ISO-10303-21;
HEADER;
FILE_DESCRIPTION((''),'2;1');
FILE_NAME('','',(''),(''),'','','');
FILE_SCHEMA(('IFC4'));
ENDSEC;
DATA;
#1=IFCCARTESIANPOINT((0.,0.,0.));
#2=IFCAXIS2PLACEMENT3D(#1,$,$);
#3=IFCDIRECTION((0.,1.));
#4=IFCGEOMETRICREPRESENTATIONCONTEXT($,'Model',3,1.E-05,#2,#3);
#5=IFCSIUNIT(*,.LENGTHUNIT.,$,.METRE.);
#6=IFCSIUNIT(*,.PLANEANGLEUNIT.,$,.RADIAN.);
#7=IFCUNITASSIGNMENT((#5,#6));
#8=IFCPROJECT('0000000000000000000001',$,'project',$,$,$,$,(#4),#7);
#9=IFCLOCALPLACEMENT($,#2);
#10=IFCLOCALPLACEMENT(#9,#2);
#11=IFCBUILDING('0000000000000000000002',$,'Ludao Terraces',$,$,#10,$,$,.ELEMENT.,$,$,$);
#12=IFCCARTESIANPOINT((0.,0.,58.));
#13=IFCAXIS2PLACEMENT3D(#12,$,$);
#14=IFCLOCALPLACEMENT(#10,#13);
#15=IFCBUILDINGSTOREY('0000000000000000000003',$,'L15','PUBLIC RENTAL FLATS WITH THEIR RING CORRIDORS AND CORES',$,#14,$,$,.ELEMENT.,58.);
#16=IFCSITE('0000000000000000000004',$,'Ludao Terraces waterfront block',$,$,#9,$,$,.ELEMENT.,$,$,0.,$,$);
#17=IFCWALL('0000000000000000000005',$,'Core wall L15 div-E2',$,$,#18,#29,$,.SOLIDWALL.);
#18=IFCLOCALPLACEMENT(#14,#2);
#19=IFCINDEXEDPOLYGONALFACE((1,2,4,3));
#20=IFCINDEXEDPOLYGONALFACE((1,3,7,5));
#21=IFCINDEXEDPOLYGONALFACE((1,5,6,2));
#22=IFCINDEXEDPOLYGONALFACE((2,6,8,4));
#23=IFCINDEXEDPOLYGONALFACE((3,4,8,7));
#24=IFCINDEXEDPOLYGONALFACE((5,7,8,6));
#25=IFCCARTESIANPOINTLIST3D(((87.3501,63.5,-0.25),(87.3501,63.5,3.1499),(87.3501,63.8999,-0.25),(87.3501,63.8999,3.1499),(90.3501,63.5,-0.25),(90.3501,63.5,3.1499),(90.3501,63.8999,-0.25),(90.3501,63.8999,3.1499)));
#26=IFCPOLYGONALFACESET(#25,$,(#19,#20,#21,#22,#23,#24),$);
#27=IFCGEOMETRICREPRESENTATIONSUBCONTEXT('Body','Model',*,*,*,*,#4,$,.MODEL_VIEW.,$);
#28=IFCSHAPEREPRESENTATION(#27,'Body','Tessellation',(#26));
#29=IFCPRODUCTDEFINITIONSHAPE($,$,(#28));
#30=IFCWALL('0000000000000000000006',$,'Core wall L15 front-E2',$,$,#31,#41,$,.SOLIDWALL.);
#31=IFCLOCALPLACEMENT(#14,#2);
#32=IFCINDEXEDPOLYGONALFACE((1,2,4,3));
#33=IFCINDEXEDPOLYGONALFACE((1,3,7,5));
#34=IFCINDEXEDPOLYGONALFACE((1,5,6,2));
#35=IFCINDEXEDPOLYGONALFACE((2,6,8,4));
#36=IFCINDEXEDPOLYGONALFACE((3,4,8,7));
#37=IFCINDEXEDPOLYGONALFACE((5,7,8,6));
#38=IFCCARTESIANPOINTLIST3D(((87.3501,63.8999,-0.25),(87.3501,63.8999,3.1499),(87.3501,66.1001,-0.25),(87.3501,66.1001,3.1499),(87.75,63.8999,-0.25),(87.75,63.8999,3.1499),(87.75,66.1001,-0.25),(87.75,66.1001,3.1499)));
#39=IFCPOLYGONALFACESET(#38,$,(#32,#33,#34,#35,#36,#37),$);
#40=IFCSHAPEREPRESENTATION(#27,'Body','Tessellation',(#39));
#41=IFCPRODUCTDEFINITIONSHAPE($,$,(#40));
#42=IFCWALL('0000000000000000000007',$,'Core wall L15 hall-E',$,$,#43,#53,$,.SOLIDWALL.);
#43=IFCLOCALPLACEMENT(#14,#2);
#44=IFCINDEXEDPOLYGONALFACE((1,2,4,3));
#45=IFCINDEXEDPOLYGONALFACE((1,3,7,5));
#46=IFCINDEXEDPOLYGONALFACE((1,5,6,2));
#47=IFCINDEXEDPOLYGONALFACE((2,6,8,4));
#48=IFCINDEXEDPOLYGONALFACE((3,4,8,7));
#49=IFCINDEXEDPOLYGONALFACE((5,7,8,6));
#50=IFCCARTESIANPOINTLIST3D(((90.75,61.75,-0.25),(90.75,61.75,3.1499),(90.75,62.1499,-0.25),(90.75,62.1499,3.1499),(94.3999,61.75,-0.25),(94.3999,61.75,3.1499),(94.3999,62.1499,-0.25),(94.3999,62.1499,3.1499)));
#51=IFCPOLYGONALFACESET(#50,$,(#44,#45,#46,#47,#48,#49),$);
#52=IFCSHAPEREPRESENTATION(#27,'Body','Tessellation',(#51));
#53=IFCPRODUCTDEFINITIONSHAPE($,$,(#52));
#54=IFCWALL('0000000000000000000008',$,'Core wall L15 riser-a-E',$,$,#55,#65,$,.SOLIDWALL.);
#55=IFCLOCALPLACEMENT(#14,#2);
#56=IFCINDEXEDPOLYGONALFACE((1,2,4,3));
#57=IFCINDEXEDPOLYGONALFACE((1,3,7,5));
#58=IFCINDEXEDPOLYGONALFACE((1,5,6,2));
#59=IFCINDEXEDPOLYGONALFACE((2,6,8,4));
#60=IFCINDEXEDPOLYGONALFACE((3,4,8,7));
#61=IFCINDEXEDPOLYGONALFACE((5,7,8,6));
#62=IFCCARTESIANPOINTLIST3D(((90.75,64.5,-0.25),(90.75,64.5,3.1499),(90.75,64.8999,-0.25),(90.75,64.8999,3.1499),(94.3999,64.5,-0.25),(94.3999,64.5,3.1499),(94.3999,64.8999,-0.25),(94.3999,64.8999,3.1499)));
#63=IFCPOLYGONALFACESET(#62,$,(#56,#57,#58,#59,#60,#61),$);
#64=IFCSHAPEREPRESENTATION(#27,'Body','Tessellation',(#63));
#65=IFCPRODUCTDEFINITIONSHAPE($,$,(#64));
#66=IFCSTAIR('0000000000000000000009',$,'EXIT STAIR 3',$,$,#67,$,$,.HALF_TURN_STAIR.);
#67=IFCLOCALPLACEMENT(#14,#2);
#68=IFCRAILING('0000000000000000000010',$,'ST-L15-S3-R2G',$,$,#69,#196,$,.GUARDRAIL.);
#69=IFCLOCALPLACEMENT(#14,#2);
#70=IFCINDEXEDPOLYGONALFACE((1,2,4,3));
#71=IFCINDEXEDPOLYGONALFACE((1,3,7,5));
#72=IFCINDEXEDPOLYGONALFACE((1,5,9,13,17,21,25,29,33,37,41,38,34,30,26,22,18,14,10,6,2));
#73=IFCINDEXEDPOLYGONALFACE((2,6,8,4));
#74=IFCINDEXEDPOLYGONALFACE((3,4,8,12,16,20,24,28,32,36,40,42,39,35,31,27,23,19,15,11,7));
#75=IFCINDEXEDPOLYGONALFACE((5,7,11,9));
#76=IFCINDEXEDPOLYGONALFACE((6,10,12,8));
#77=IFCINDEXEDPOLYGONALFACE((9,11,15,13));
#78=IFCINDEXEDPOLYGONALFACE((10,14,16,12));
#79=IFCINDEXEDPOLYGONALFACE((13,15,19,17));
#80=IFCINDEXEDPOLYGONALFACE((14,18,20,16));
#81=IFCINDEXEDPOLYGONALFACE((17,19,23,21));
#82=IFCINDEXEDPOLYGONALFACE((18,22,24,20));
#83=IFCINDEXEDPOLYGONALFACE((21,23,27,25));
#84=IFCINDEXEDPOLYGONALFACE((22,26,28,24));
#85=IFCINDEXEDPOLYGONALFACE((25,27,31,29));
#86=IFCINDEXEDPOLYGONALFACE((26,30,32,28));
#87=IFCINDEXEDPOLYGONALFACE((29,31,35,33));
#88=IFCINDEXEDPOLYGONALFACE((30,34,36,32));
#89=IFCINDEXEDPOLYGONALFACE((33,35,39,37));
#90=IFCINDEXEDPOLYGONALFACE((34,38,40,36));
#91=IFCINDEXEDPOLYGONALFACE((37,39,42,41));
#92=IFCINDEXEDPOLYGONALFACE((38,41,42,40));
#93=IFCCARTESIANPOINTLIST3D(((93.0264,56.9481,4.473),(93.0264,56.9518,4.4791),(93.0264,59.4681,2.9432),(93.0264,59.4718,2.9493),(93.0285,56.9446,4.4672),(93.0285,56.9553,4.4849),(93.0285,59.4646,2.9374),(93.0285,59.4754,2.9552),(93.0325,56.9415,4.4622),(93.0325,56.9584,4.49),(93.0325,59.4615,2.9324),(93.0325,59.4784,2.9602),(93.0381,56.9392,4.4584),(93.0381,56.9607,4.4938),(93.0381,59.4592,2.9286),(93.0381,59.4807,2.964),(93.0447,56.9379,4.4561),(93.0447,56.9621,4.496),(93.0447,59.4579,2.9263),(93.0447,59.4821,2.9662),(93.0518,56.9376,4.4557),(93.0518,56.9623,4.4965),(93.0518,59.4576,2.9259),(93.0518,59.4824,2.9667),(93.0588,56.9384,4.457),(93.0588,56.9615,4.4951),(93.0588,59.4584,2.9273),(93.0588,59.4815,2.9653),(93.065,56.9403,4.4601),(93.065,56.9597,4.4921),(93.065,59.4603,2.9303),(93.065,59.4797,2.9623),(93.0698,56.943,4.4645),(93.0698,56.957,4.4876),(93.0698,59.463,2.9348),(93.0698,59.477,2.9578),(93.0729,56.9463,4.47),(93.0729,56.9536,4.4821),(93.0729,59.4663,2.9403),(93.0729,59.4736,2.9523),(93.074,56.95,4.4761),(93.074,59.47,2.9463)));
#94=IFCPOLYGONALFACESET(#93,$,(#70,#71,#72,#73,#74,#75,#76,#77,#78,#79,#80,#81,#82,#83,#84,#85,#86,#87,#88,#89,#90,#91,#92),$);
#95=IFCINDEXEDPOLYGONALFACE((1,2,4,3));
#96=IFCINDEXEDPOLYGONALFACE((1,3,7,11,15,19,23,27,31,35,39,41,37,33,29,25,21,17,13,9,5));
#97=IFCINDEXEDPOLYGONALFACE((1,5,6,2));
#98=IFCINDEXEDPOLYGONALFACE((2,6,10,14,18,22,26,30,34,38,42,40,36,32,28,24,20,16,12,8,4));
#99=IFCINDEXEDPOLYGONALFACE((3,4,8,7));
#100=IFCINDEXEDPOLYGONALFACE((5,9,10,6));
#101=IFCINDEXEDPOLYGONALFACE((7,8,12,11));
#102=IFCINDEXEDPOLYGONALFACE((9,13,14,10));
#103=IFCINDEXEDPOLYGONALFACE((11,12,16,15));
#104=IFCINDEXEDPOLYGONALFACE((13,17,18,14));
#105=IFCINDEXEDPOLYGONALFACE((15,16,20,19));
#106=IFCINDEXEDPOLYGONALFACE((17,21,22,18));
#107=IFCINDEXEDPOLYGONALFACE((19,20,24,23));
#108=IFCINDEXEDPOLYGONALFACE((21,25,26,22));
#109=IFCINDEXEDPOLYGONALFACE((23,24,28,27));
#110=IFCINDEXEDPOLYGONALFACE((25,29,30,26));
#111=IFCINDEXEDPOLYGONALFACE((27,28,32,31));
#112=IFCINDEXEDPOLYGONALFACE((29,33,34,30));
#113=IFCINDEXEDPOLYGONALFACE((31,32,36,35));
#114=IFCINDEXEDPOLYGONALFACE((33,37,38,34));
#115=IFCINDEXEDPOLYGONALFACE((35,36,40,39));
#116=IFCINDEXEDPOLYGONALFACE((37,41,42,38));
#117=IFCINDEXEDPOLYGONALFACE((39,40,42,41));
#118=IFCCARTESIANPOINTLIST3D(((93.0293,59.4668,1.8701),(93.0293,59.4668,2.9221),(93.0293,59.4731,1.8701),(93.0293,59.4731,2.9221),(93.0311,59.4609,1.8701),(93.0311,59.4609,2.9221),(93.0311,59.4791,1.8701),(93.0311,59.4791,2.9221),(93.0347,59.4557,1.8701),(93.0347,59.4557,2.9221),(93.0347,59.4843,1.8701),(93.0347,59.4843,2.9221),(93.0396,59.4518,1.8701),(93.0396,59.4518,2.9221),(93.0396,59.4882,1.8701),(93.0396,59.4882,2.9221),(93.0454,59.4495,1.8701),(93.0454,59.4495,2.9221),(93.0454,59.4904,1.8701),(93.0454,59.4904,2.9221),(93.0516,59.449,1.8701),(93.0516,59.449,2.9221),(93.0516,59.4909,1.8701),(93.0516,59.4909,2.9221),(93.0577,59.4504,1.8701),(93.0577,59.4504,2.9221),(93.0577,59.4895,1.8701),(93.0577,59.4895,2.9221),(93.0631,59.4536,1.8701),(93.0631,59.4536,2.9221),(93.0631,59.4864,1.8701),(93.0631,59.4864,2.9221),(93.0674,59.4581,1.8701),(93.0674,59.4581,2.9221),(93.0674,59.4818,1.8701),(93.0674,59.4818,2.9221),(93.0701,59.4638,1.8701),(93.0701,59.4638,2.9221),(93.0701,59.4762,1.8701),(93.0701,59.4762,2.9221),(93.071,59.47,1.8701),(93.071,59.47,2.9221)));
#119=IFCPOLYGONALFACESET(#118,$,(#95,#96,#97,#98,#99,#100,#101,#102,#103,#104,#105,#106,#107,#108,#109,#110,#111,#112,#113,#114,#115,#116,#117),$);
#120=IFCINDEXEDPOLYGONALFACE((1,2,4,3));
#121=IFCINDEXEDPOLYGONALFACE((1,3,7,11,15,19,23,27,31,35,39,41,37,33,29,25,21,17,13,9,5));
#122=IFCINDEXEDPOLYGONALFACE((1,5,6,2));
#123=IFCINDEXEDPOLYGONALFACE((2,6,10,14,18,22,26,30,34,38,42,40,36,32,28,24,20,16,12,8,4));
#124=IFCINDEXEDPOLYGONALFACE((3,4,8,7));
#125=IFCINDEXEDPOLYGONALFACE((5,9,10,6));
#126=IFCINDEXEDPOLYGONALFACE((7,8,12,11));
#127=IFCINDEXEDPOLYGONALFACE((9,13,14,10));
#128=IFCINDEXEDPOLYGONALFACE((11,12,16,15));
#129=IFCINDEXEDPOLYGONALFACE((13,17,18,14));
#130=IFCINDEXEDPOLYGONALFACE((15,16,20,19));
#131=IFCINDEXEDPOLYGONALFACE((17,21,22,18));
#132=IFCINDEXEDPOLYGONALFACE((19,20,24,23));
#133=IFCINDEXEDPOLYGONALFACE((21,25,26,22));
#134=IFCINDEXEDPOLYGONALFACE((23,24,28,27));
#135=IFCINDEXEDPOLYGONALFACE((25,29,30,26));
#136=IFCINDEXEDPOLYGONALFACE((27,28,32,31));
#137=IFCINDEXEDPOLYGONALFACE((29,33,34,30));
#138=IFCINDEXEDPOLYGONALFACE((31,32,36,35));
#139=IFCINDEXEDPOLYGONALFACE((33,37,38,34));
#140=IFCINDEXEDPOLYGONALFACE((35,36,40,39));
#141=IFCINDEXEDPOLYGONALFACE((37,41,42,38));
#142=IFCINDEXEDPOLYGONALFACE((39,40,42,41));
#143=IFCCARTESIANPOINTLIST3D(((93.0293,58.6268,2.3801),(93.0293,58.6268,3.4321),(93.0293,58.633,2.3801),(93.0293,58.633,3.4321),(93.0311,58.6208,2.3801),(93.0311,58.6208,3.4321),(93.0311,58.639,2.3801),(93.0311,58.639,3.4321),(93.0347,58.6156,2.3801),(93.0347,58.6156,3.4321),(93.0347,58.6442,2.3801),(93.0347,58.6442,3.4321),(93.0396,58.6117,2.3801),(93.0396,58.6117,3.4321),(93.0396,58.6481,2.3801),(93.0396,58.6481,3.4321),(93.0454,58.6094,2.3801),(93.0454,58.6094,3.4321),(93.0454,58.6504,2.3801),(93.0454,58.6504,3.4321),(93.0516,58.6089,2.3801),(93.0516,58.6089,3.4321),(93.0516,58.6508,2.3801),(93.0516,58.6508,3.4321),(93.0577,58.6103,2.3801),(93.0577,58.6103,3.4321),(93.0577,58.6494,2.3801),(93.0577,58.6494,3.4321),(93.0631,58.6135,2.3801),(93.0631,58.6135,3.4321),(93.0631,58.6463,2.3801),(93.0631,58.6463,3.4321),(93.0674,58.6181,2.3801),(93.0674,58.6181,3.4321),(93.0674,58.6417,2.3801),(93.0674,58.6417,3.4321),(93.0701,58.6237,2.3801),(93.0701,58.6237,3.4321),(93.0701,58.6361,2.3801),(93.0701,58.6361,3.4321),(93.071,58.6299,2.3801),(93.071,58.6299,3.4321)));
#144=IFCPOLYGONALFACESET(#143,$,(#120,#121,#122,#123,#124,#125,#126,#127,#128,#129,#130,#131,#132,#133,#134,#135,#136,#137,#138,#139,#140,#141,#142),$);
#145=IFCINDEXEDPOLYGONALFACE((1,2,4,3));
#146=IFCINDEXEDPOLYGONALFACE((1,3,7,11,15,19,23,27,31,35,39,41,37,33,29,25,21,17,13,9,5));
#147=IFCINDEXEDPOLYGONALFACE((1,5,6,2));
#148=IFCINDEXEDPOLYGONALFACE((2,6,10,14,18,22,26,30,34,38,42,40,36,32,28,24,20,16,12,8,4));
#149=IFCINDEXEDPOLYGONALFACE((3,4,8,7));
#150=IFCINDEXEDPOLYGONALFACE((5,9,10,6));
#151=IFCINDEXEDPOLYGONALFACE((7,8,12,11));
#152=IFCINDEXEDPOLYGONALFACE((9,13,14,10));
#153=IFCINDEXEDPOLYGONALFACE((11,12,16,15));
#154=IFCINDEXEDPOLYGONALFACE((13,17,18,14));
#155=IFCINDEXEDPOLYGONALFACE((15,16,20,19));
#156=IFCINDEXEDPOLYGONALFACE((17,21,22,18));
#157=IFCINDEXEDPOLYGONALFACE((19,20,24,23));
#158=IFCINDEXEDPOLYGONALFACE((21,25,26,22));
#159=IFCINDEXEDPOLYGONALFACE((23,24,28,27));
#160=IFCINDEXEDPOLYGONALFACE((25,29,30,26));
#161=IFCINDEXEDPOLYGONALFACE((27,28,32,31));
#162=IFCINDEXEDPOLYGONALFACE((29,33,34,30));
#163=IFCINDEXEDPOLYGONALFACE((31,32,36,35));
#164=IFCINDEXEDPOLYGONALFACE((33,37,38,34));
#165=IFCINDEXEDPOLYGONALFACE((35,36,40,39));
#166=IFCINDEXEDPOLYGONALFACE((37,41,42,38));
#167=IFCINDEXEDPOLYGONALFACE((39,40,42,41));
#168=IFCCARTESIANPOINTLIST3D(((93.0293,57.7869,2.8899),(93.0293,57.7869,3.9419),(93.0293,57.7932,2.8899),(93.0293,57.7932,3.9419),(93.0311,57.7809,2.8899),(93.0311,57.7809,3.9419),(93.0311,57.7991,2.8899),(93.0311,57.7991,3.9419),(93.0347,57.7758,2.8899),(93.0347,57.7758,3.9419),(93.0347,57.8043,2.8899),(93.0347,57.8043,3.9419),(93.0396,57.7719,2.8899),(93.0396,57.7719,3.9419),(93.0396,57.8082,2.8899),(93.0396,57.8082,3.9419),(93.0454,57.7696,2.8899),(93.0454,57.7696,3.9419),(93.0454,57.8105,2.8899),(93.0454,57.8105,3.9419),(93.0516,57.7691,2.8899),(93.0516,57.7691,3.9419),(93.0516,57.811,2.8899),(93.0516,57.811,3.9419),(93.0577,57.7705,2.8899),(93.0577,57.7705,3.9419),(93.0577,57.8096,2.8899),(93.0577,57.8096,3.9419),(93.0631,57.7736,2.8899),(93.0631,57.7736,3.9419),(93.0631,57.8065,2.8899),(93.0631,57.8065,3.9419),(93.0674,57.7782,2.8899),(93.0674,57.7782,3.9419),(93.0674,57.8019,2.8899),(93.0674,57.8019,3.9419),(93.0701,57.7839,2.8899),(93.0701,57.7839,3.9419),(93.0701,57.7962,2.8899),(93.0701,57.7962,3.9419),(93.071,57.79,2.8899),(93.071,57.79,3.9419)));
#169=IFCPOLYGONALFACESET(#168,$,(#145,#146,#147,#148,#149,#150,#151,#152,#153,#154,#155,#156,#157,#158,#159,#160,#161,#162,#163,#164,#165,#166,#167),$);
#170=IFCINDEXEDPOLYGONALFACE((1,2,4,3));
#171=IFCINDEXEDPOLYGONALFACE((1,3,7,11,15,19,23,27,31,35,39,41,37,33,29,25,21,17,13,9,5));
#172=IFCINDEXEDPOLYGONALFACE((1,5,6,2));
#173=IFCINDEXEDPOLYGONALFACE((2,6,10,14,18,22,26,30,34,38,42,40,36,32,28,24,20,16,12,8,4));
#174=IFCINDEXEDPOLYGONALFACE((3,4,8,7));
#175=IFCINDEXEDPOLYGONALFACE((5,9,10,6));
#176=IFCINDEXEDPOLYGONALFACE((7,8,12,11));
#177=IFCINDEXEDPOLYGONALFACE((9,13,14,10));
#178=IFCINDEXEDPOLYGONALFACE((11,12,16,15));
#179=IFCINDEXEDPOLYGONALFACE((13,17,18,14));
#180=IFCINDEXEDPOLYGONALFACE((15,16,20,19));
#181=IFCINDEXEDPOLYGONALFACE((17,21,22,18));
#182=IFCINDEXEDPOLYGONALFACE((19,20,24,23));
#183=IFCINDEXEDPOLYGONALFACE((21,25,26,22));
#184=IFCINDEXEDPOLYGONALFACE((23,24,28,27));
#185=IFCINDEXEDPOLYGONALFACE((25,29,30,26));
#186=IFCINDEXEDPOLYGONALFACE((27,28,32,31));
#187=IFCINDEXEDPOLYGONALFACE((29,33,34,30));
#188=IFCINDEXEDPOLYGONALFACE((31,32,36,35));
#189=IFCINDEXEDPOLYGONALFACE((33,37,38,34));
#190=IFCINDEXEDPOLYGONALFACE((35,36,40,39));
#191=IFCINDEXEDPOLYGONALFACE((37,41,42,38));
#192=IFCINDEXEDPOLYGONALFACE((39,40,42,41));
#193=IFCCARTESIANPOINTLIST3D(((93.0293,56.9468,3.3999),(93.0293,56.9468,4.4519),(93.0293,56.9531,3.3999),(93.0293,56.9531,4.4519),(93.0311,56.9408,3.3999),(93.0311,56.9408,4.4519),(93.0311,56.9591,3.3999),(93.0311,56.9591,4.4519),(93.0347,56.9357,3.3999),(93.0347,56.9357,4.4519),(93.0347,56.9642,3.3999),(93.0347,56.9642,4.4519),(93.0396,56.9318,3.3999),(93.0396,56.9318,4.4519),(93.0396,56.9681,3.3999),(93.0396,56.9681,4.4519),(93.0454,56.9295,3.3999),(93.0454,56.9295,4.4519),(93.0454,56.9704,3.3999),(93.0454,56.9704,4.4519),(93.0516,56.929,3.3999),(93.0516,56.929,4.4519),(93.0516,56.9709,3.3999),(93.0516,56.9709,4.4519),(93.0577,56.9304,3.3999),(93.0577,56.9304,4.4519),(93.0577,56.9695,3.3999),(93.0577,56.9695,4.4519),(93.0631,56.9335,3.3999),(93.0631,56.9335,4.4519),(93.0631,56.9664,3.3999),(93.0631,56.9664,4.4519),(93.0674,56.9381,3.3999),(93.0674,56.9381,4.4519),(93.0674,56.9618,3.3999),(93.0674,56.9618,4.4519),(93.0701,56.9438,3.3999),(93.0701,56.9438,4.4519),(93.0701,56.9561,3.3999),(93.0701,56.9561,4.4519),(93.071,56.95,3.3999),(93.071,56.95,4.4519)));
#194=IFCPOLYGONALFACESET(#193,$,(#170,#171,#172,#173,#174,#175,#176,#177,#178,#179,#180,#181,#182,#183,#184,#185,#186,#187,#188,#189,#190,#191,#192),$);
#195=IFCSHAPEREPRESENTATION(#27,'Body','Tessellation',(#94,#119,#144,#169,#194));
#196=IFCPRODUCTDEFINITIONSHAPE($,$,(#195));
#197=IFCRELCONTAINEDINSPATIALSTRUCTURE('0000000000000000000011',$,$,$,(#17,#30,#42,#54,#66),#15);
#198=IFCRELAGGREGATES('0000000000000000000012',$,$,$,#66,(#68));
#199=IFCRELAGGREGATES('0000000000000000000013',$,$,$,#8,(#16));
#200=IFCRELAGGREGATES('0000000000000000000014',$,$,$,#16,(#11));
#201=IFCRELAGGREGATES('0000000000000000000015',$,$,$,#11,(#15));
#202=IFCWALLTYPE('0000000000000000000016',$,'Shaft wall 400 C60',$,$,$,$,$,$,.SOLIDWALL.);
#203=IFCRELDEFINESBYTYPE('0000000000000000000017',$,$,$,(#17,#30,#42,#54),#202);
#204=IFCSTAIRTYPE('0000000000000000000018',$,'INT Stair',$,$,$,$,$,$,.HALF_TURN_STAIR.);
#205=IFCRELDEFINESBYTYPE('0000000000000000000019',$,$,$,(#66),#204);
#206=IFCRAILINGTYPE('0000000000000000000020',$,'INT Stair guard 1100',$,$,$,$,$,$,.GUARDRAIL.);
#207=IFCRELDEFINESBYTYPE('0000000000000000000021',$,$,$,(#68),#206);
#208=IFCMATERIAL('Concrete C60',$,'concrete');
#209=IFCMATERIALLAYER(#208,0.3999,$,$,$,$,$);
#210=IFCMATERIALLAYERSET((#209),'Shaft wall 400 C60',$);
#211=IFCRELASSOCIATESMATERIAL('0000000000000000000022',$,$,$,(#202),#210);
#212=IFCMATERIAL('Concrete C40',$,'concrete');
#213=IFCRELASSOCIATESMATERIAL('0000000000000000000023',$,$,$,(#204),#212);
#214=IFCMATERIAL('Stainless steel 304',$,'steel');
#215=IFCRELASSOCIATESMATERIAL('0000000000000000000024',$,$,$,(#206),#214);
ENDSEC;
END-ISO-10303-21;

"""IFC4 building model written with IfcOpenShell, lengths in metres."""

from ifc_helpers import new_model, si_unit, direction, frame, frame_2d, origin, origin_2d, place, context, subcontext, project, spatial, rectangle, circle, extrude, material, layer, layer_set, type_object, element, aggregate, save


model = new_model("IFC4")

# Units and contexts
model_context = context("Model", 3, precision=1e-05, world=origin(), true_north=direction((0.0, 1.0)))
body_context = subcontext(model_context, "Body", "Model", "MODEL_VIEW")
ifc_project = project(units=[si_unit("LENGTHUNIT", "METRE"), si_unit("PLANEANGLEUNIT", "RADIAN")], contexts=[model_context])

# Site, building, storey
site_placement = place(None, origin())
site = spatial("IfcSite", under=ifc_project, at=site_placement, Name="Ludao Terraces waterfront block", CompositionType="ELEMENT", RefElevation=0.0)
building_placement = place(site_placement, origin())
building = spatial("IfcBuilding", under=site, at=building_placement, Name="Ludao Terraces", CompositionType="ELEMENT")
storey_placement = place(building_placement, frame((0.0, 0.0, 58.0)))
storey = spatial("IfcBuildingStorey", under=building, at=storey_placement, Name="L15", Description="PUBLIC RENTAL FLATS WITH THEIR RING CORRIDORS AND CORES", CompositionType="ELEMENT", Elevation=58.0)

# Walls
ifc_material_1 = material(Name="Concrete C60", Category="concrete")
ifc_layer_1 = layer(ifc_material_1, 0.3999)
ifc_layer_set_1 = layer_set([ifc_layer_1], Name="Shaft wall 400 C60")
wall_type_1 = type_object("IfcWallType", Name="Shaft wall 400 C60", PredefinedType="SOLIDWALL", material=ifc_layer_set_1)
wall_1_placement = place(storey_placement, frame((87.3501, 63.7, -0.25), z_axis=(0.0, 0.0, 1.0), x_axis=(1.0, 0.0, 0.0)))
element("IfcWall", 1, at=wall_1_placement, inside=storey, type_object=wall_type_1, Name="Core wall L15 div-E2", PredefinedType="SOLIDWALL", context=body_context, shape_type="SweptSolid", body=[
    extrude(rectangle(XDim=3.0, YDim=0.3999, at=frame_2d((1.5, 0.0))), origin(), (0.0, 0.0, 1.0), 3.3999),
])
wall_2_placement = place(storey_placement, frame((87.55, 63.8999, -0.25), z_axis=(0.0, 0.0, 1.0), x_axis=(0.0, 1.0, 0.0)))
element("IfcWall", 2, at=wall_2_placement, inside=storey, type_object=wall_type_1, Name="Core wall L15 front-E2", PredefinedType="SOLIDWALL", context=body_context, shape_type="SweptSolid", body=[
    extrude(rectangle(XDim=2.2002, YDim=0.3999, at=frame_2d((1.1001, 0.0))), origin(), (0.0, 0.0, 1.0), 3.3999),
])
for number, where, z_axis, x_axis, name in (
    (3, (90.75, 61.95, -0.25), (0.0, 0.0, 1.0), (1.0, 0.0, 0.0), "Core wall L15 hall-E"),
    (4, (90.75, 64.7, -0.25), (0.0, 0.0, 1.0), (1.0, 0.0, 0.0), "Core wall L15 riser-a-E"),
):
    element("IfcWall", number, at=place(storey_placement, frame(where, z_axis=z_axis, x_axis=x_axis)), inside=storey, type_object=wall_type_1, Name=name, PredefinedType="SOLIDWALL", context=body_context, shape_type="SweptSolid", body=[
        extrude(rectangle(XDim=3.6499, YDim=0.3999, at=frame_2d((1.825, 0.0))), origin(), (0.0, 0.0, 1.0), 3.3999),
    ])

# Stair, railing
ifc_material_2 = material(Name="Concrete C40", Category="concrete")
stair_type = type_object("IfcStairType", Name="INT Stair", PredefinedType="HALF_TURN_STAIR", material=ifc_material_2)
stair_placement = place(storey_placement, origin())
stair = element("IfcStair", 5, at=stair_placement, inside=storey, type_object=stair_type, Name="EXIT STAIR 3", PredefinedType="HALF_TURN_STAIR")
ifc_material_3 = material(Name="Stainless steel 304", Category="steel")
railing_type_1 = type_object("IfcRailingType", Name="INT Stair guard 1100", PredefinedType="GUARDRAIL", material=ifc_material_3)
railing_1_placement = place(storey_placement, frame((93.05, 59.47, 1.8701)))
railing_1 = element("IfcRailing", 6, at=railing_1_placement, type_object=railing_type_1, Name="ST-L15-S3-R2G", PredefinedType="GUARDRAIL", context=body_context, shape_type="SweptSolid", body=[
    extrude(circle(Radius=0.0239, at=origin_2d()), frame((0.0, 0.0, 1.0762), z_axis=(0.0, -0.854822, 0.518922), x_axis=(1.0, 0.0, 0.0)), (0.0, 0.0, 1.0), 2.948),
    extrude(circle(Radius=0.021, at=origin_2d()), origin(), (0.0, 0.0, 1.0), 1.052),
    extrude(circle(Radius=0.021, at=origin_2d()), frame((0.0, -0.8401, 0.51)), (0.0, 0.0, 1.0), 1.052),
    extrude(circle(Radius=0.021, at=origin_2d()), frame((0.0, -1.6799, 1.0198)), (0.0, 0.0, 1.0), 1.052),
    extrude(circle(Radius=0.021, at=origin_2d()), frame((0.0, -2.52, 1.5298)), (0.0, 0.0, 1.0), 1.052),
])
aggregate(stair, [railing_1])

save(model, "model.ifc")
